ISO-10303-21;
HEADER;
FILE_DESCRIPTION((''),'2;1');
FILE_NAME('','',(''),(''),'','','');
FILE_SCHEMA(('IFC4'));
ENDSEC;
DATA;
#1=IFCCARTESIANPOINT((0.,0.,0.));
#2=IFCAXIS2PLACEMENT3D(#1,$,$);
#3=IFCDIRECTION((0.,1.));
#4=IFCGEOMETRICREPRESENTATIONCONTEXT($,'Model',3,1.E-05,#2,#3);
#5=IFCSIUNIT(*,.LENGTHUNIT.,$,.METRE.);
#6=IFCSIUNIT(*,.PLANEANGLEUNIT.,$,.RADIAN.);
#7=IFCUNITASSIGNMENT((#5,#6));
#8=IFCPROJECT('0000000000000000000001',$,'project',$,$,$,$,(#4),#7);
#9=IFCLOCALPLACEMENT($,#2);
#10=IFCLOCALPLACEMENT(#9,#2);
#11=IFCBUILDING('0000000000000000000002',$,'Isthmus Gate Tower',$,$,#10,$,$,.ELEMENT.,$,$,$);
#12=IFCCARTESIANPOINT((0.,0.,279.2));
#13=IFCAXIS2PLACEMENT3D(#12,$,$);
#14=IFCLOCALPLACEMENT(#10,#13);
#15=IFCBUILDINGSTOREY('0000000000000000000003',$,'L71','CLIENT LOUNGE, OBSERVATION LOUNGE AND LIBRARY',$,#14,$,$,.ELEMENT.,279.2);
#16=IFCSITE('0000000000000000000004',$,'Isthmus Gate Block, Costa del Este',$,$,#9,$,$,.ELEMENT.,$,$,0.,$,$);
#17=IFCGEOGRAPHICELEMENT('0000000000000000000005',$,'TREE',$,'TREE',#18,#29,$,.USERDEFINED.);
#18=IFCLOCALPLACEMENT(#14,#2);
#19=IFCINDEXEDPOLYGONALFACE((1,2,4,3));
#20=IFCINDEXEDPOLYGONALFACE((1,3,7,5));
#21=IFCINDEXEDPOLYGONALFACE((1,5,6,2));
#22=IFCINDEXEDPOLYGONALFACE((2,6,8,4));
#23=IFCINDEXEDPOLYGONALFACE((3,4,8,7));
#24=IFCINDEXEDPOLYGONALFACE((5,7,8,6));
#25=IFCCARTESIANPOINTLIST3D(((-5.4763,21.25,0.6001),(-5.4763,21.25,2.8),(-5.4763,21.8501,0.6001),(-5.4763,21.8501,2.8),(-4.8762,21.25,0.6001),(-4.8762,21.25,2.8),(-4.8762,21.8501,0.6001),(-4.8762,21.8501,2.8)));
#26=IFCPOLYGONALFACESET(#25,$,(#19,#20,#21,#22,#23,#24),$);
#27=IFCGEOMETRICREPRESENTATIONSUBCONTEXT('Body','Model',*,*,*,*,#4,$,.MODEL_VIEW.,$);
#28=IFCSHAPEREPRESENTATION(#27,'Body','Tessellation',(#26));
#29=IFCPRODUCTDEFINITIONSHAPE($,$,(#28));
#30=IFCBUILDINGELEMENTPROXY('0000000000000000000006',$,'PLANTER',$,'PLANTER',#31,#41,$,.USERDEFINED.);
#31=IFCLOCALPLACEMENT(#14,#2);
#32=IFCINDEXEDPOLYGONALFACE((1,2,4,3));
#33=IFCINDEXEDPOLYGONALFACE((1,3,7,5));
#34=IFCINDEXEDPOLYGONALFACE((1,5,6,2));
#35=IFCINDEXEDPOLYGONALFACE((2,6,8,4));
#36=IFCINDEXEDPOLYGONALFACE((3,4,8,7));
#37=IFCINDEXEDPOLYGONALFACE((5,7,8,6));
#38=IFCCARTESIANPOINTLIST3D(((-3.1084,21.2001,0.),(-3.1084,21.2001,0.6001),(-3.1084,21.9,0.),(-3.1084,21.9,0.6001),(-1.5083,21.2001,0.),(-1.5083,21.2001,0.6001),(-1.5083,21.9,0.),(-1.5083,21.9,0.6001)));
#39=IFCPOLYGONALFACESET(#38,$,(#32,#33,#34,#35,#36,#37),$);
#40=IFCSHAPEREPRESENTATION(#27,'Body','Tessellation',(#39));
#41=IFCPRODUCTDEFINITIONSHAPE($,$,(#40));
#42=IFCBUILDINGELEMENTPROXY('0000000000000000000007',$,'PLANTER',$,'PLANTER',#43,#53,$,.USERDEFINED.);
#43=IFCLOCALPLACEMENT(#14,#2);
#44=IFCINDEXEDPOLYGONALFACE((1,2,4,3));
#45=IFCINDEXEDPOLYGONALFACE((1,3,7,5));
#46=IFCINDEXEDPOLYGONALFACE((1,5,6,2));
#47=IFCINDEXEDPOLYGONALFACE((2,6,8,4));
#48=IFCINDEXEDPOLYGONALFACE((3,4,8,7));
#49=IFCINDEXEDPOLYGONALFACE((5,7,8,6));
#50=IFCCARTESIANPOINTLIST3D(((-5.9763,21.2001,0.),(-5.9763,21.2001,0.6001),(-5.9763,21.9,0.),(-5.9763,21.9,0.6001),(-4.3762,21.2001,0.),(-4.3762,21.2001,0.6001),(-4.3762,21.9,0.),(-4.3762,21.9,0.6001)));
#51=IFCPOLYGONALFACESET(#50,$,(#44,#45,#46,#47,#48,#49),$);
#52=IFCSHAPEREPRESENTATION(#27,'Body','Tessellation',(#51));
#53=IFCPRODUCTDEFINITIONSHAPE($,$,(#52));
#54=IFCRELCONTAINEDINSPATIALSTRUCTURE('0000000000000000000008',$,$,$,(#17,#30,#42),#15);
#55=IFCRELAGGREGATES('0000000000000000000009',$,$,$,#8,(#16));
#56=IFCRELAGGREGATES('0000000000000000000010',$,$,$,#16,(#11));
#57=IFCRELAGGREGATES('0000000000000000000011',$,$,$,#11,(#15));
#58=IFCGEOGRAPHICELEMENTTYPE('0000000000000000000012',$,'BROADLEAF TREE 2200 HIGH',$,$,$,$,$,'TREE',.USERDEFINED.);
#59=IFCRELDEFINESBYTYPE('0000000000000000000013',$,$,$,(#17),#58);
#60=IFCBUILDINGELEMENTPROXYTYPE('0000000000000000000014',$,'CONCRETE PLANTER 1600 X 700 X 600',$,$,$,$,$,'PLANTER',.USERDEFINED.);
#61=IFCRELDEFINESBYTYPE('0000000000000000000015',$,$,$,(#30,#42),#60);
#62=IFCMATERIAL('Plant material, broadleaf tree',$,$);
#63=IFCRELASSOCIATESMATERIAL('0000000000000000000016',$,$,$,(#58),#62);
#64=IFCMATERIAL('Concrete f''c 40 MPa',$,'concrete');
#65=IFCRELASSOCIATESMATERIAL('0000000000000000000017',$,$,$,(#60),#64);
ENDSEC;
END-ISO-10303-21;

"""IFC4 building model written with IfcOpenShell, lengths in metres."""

from ifc_helpers import new_model, si_unit, direction, frame, origin, origin_2d, place, context, subcontext, project, spatial, rectangle, extrude, material, type_object, element, save


model = new_model("IFC4")

# Units and contexts
model_context = context("Model", 3, precision=1e-05, world=origin(), true_north=direction((0.0, 1.0)))
body_context = subcontext(model_context, "Body", "Model", "MODEL_VIEW")
ifc_project = project(units=[si_unit("LENGTHUNIT", "METRE"), si_unit("PLANEANGLEUNIT", "RADIAN")], contexts=[model_context])

# Site, building, storey
site_placement = place(None, origin())
site = spatial("IfcSite", under=ifc_project, at=site_placement, Name="Isthmus Gate Block, Costa del Este", CompositionType="ELEMENT", RefElevation=0.0)
building_placement = place(site_placement, origin())
building = spatial("IfcBuilding", under=site, at=building_placement, Name="Isthmus Gate Tower", CompositionType="ELEMENT")
storey_placement = place(building_placement, frame((0.0, 0.0, 279.2)))
storey = spatial("IfcBuildingStorey", under=building, at=storey_placement, Name="L71", Description="CLIENT LOUNGE, OBSERVATION LOUNGE AND LIBRARY", CompositionType="ELEMENT", Elevation=279.2)

# Geographic element
ifc_material_1 = material(Name="Plant material, broadleaf tree")
geographic_element_type = type_object("IfcGeographicElementType", Name="BROADLEAF TREE 2200 HIGH", ElementType="TREE", PredefinedType="USERDEFINED", material=ifc_material_1)
for number, where, z_axis, x_axis, name in (
    (1, (-5.1763, 21.55, 0.6001), (0.0, 0.0, 1.0), (-1.0, 0.0, 0.0), "TREE"),
):
    element("IfcGeographicElement", number, at=place(storey_placement, frame(where, z_axis=z_axis, x_axis=x_axis)), inside=storey, type_object=geographic_element_type, Name=name, ObjectType="TREE", PredefinedType="USERDEFINED", context=body_context, shape_type="SweptSolid", body=[
        extrude(rectangle(XDim=0.6001, YDim=0.6001, at=origin_2d()), origin(), (0.0, 0.0, 1.0), 2.2),
    ])

# Building element proxies
ifc_material_2 = material(Name="Concrete f'c 40 MPa", Category="concrete")
building_element_proxy_type = type_object("IfcBuildingElementProxyType", Name="CONCRETE PLANTER 1600 X 700 X 600", ElementType="PLANTER", PredefinedType="USERDEFINED", material=ifc_material_2)
for number, where, z_axis, x_axis, name in (
    (2, (-2.3083, 21.55, 0.0), (0.0, 0.0, 1.0), (-1.0, 0.0, 0.0), "PLANTER"),
    (3, (-5.1763, 21.55, 0.0), (0.0, 0.0, 1.0), (-1.0, 0.0, 0.0), "PLANTER"),
):
    element("IfcBuildingElementProxy", number, at=place(storey_placement, frame(where, z_axis=z_axis, x_axis=x_axis)), inside=storey, type_object=building_element_proxy_type, Name=name, ObjectType="PLANTER", PredefinedType="USERDEFINED", context=body_context, shape_type="SweptSolid", body=[
        extrude(rectangle(XDim=1.6001, YDim=0.7, at=origin_2d()), origin(), (0.0, 0.0, 1.0), 0.6001),
    ])

save(model, "model.ifc")
